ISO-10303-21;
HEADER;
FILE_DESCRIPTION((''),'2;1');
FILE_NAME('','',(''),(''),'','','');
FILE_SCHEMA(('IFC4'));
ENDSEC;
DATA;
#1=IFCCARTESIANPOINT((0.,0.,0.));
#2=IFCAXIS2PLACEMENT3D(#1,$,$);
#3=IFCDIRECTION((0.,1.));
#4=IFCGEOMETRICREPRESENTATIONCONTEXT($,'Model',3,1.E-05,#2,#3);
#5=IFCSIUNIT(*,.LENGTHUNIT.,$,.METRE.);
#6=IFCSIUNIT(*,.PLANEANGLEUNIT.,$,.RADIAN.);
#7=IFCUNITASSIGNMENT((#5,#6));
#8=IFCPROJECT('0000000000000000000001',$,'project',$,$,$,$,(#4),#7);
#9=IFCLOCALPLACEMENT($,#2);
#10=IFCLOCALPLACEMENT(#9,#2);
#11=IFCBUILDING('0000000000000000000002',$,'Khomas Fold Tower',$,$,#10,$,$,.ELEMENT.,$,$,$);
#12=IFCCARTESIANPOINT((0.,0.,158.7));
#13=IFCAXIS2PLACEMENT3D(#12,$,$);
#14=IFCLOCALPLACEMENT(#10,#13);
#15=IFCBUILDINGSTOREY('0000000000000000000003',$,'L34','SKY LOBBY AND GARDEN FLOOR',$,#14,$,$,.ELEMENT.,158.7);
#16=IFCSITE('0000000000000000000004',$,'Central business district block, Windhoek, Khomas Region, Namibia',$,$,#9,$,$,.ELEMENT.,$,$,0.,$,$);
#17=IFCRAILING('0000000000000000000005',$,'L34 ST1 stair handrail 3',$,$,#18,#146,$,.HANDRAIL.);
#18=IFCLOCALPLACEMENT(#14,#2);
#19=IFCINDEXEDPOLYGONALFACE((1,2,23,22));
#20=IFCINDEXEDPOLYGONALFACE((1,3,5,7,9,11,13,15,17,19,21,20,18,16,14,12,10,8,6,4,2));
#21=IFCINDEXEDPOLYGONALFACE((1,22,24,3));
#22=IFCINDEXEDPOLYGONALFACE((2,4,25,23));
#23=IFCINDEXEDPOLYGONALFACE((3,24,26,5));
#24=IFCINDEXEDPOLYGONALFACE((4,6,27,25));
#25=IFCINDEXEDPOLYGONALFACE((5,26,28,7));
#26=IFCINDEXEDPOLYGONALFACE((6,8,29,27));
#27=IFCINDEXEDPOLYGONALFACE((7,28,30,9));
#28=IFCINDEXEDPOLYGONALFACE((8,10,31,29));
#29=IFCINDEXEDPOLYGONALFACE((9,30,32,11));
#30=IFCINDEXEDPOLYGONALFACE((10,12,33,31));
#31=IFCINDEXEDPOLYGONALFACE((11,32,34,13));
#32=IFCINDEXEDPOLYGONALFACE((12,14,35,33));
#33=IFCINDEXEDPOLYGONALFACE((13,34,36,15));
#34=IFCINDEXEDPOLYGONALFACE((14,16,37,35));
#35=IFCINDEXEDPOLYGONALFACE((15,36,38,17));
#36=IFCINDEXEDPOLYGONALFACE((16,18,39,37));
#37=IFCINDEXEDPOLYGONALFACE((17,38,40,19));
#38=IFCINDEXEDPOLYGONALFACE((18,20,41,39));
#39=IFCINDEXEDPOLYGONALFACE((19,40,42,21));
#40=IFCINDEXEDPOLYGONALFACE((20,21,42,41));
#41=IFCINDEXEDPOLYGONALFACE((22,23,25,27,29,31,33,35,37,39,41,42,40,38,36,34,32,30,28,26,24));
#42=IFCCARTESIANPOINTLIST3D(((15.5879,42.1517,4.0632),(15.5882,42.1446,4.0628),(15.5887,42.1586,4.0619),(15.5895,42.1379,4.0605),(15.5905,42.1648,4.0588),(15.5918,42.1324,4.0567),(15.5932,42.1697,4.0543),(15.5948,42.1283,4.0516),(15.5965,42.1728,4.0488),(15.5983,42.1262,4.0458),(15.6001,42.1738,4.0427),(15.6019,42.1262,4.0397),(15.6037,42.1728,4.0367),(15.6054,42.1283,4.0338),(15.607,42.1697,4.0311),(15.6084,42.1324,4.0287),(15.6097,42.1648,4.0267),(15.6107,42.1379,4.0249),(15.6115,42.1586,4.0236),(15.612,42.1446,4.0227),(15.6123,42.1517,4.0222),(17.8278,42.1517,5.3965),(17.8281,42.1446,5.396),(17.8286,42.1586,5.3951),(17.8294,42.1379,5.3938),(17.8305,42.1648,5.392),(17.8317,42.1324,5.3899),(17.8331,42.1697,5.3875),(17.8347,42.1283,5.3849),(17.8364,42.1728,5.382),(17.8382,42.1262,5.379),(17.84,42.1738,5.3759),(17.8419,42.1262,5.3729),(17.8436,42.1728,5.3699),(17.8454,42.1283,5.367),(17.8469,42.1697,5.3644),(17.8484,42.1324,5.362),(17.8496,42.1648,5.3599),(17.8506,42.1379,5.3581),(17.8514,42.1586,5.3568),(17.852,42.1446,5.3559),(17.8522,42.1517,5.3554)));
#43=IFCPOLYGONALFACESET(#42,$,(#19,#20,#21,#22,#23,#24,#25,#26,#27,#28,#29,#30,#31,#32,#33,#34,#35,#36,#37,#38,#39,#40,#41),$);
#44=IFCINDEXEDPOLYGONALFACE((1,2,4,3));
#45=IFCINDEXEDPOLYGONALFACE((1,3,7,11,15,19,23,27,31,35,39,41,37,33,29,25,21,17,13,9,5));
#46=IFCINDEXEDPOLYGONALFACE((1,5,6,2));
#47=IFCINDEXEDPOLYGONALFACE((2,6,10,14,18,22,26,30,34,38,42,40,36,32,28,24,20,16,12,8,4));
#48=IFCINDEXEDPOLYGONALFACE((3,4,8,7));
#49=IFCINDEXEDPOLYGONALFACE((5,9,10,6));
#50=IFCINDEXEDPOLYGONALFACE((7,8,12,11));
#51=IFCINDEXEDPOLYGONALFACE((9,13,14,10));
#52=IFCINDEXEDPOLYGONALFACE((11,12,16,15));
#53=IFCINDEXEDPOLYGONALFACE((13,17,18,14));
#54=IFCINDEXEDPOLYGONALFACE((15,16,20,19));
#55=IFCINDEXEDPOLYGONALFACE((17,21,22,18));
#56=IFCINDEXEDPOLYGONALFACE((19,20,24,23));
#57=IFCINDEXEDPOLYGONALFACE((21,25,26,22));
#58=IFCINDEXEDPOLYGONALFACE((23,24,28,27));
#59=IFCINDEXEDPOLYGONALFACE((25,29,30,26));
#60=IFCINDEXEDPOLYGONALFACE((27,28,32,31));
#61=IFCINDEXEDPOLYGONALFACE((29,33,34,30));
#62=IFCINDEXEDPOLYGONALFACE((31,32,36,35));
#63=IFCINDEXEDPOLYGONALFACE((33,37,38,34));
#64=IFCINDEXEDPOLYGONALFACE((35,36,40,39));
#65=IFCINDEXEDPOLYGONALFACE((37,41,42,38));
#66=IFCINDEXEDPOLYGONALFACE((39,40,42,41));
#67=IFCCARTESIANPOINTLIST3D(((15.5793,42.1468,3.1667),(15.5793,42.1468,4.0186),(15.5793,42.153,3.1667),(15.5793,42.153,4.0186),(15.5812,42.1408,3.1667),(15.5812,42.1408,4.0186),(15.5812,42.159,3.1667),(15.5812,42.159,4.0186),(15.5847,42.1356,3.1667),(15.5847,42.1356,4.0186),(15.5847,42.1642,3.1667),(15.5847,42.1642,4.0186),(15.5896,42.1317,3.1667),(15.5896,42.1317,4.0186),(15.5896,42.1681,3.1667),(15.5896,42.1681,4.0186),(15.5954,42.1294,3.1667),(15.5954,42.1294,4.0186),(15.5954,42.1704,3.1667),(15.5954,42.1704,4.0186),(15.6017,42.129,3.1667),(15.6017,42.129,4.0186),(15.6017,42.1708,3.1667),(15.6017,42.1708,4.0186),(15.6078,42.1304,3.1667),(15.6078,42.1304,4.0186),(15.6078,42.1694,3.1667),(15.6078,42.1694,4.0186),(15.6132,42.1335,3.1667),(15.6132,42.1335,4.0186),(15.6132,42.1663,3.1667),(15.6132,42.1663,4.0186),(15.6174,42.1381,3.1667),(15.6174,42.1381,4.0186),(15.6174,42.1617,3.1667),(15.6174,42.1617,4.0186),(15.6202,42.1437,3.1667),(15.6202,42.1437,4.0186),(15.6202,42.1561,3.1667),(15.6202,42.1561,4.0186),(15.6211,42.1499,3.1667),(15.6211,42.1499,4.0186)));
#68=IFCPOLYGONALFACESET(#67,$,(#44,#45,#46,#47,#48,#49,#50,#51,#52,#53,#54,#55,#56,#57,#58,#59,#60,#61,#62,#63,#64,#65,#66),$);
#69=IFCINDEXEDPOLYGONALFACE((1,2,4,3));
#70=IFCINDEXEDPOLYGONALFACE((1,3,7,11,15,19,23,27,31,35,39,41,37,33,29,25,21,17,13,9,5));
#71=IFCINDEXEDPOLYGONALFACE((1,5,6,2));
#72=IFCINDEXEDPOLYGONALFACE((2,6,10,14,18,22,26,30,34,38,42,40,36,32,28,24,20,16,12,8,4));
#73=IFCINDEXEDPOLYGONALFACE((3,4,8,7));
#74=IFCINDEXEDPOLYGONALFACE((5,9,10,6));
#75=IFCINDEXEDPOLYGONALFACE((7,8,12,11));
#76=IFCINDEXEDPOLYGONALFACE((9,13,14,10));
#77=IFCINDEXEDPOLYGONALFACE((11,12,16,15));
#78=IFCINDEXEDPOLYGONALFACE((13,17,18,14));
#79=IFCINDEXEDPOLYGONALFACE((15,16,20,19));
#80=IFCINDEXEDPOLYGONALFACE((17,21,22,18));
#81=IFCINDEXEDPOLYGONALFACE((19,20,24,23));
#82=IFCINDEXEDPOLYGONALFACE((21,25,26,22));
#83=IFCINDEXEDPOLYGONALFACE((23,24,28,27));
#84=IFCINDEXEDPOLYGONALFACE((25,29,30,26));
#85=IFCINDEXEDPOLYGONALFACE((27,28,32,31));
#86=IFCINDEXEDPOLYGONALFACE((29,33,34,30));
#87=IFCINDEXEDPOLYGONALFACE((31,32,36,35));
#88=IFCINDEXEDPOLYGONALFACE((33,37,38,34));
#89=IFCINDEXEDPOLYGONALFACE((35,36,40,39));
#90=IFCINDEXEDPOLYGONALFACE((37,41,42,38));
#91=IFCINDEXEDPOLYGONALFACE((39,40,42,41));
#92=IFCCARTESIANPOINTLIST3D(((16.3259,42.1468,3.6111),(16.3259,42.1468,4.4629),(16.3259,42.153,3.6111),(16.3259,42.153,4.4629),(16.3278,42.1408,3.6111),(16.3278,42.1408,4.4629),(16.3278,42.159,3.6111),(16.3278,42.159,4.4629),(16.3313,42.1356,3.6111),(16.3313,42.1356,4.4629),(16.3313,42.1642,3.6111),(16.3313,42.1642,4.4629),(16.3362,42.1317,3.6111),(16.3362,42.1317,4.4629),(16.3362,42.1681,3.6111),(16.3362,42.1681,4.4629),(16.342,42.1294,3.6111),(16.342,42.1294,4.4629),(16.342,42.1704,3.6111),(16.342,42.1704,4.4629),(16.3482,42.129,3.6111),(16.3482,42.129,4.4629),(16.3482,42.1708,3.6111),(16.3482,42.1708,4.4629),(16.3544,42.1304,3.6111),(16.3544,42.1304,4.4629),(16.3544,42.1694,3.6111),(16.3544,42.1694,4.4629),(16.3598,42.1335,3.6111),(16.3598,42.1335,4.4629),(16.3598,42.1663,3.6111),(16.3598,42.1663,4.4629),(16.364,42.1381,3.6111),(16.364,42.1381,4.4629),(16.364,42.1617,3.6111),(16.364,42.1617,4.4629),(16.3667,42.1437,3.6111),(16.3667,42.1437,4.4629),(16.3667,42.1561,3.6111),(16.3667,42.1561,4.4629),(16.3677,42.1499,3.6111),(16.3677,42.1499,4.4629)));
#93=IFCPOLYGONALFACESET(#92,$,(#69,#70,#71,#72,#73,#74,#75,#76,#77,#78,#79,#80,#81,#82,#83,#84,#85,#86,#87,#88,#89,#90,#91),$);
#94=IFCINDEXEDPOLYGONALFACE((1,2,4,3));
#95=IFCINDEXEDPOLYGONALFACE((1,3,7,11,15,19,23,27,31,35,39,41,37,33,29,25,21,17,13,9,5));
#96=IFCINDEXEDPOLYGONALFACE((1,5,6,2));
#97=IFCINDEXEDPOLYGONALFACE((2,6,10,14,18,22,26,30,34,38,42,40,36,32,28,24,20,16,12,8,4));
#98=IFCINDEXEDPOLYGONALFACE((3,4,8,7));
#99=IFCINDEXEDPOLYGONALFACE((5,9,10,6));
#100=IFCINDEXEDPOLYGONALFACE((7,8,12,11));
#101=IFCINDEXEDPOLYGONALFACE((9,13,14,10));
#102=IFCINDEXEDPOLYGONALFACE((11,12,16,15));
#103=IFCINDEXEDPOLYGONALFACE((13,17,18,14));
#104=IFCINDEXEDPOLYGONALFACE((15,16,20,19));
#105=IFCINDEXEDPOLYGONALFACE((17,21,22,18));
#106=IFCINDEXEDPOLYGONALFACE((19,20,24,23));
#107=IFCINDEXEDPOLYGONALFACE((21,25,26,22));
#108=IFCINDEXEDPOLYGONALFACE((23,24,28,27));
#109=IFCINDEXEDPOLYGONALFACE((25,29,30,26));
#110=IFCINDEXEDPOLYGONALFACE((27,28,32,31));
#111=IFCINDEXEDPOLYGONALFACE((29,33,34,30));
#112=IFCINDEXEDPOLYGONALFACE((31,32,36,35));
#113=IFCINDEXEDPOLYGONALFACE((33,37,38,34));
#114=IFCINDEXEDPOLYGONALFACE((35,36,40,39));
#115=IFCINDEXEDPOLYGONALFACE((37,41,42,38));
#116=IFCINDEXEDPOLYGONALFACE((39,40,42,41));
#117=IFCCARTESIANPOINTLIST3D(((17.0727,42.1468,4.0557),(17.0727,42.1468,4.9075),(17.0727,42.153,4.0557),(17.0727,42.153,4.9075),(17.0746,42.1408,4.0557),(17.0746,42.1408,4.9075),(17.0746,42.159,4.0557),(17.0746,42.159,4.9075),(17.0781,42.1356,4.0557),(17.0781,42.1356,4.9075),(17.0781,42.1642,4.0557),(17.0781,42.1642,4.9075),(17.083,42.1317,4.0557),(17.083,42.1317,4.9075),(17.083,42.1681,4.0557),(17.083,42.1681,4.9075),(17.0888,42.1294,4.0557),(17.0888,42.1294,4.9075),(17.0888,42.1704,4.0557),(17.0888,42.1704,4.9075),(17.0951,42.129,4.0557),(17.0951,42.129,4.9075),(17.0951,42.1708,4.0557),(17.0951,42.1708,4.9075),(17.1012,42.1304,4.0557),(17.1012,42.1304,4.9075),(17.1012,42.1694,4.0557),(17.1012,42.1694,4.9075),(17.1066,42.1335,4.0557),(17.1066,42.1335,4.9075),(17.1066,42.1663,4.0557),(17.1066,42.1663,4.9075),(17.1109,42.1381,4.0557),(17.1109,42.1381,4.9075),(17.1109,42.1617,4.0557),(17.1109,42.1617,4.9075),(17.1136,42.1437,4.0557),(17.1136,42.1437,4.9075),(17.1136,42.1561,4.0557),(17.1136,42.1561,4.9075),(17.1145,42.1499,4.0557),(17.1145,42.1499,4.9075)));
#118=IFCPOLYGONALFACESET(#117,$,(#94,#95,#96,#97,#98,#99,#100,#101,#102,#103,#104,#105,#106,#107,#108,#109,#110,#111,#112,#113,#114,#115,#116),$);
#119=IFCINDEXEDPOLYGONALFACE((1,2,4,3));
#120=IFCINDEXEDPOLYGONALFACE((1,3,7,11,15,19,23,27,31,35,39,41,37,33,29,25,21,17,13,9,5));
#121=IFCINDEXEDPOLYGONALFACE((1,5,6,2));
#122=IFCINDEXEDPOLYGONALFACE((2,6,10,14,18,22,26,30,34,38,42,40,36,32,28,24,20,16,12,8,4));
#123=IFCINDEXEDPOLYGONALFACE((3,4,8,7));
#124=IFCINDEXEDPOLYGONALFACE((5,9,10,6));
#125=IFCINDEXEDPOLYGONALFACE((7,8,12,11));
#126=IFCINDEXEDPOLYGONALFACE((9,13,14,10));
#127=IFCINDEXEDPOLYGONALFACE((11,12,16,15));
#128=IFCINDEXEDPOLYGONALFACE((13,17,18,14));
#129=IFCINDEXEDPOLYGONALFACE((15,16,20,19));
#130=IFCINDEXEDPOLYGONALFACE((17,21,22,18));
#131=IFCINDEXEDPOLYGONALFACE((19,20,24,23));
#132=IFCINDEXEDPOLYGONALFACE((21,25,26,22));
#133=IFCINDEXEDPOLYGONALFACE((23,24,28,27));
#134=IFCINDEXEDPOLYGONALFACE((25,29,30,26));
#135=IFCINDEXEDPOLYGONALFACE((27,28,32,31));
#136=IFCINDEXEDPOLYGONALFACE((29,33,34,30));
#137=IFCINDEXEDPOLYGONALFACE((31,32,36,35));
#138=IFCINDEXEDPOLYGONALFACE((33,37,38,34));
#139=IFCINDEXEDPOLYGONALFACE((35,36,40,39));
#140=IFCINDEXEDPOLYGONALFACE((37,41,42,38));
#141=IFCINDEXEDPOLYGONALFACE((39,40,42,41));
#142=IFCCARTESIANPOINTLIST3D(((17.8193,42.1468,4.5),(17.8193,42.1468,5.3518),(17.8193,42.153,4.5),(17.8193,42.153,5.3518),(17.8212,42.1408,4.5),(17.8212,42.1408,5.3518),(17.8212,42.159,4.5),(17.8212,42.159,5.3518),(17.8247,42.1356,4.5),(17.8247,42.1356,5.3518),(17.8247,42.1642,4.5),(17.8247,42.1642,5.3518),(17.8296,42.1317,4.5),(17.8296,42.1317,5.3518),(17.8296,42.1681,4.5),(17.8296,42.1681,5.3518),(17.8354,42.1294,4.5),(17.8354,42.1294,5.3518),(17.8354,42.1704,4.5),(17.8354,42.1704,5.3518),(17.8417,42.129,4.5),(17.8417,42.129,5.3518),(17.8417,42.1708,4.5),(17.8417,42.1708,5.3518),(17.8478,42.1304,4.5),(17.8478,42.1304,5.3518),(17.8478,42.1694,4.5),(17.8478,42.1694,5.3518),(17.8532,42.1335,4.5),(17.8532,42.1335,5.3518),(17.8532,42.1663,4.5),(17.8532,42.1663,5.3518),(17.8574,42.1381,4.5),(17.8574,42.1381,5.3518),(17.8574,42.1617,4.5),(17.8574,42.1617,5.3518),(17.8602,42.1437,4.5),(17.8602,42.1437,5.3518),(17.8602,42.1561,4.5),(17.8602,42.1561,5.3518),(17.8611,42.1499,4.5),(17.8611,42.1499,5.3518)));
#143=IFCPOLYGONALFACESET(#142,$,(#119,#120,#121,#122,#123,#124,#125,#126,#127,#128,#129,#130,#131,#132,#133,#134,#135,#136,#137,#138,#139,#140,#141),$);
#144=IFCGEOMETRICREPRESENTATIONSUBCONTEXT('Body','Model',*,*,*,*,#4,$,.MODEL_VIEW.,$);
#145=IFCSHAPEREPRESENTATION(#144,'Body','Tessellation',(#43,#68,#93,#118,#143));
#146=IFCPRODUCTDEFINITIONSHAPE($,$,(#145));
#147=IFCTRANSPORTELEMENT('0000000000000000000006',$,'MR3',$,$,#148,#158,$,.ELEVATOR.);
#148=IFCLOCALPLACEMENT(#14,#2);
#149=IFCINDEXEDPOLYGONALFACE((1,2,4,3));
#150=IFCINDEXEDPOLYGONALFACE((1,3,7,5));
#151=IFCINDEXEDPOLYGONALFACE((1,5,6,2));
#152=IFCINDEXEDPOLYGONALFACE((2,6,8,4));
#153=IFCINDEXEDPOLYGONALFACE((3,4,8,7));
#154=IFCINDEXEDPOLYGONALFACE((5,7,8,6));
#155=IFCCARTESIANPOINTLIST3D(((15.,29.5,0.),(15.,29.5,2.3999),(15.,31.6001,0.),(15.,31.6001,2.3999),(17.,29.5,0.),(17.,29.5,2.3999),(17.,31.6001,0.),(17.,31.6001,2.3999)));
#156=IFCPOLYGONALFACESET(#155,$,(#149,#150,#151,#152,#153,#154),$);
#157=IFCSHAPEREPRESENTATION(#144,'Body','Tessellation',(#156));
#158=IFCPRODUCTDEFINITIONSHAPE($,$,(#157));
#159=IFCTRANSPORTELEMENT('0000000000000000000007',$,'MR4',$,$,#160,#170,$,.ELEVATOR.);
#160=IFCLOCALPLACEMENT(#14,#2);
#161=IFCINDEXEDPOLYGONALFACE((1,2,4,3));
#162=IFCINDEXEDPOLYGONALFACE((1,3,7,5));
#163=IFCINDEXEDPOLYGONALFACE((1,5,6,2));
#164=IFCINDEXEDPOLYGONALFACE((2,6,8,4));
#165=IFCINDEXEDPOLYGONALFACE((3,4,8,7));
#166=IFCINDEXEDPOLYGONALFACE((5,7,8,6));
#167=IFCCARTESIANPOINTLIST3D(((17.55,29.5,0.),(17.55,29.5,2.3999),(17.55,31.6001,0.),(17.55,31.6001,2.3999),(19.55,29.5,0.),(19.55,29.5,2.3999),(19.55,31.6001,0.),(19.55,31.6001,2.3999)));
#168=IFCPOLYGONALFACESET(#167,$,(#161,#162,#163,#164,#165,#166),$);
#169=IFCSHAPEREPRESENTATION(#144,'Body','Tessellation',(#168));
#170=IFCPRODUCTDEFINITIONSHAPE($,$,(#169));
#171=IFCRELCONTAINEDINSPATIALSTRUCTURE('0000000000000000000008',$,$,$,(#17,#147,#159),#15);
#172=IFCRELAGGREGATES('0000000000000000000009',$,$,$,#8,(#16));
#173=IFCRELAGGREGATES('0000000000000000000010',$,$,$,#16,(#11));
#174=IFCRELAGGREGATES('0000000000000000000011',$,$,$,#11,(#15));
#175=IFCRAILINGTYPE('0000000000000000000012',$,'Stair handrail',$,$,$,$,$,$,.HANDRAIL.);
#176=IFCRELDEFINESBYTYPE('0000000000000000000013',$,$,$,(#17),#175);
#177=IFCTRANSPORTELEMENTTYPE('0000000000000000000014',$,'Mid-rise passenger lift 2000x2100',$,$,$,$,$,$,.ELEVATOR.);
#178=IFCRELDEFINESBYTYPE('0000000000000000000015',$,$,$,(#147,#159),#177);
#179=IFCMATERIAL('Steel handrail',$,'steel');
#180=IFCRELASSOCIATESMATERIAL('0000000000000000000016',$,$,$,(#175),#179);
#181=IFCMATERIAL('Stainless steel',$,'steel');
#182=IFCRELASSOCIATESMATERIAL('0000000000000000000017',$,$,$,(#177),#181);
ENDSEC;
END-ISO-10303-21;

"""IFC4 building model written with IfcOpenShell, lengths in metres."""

from ifc_helpers import new_model, si_unit, direction, frame, origin, origin_2d, place, context, subcontext, project, spatial, rectangle, circle, extrude, source, transform, mapped, material, type_object, element, save


model = new_model("IFC4")

# Units and contexts
model_context = context("Model", 3, precision=1e-05, world=origin(), true_north=direction((0.0, 1.0)))
body_context = subcontext(model_context, "Body", "Model", "MODEL_VIEW")
ifc_project = project(units=[si_unit("LENGTHUNIT", "METRE"), si_unit("PLANEANGLEUNIT", "RADIAN")], contexts=[model_context])

# Site, building, storey
site_placement = place(None, origin())
site = spatial("IfcSite", under=ifc_project, at=site_placement, Name="Central business district block, Windhoek, Khomas Region, Namibia", CompositionType="ELEMENT", RefElevation=0.0)
building_placement = place(site_placement, origin())
building = spatial("IfcBuilding", under=site, at=building_placement, Name="Khomas Fold Tower", CompositionType="ELEMENT")
storey_placement = place(building_placement, frame((0.0, 0.0, 158.7)))
storey = spatial("IfcBuildingStorey", under=building, at=storey_placement, Name="L34", Description="SKY LOBBY AND GARDEN FLOOR", CompositionType="ELEMENT", Elevation=158.7)

# Railing
ifc_material_1 = material(Name="Steel handrail", Category="steel")
railing_type = type_object("IfcRailingType", Name="Stair handrail", PredefinedType="HANDRAIL", material=ifc_material_1)
shared_shape_1 = source(origin(), body_context, "Body", "SweptSolid", [
    extrude(circle(Radius=0.0239, at=origin_2d()), frame((0.0, 0.0, 0.876), z_axis=(0.859306, 0.0, 0.511462), x_axis=(0.0, 1.0, 0.0)), (0.0, 0.0, 1.0), 2.6067),
    extrude(circle(Radius=0.021, at=origin_2d()), origin(), (0.0, 0.0, 1.0), 0.8518),
    extrude(circle(Radius=0.021, at=origin_2d()), frame((0.7466, 0.0, 0.4443)), (0.0, 0.0, 1.0), 0.8518),
    extrude(circle(Radius=0.021, at=origin_2d()), frame((1.4934, 0.0, 0.8889)), (0.0, 0.0, 1.0), 0.8518),
    extrude(circle(Radius=0.021, at=origin_2d()), frame((2.24, 0.0, 1.3333)), (0.0, 0.0, 1.0), 0.8518),
])
for number, where, name in (
    (1, (15.6001, 42.1499, 3.1667), "L34 ST1 stair handrail 3"),
):
    element("IfcRailing", number, at=place(storey_placement, frame(where)), inside=storey, type_object=railing_type, Name=name, PredefinedType="HANDRAIL", context=body_context, shape_type="MappedRepresentation", body=[
        mapped(shared_shape_1, transform((0.0, 0.0, 0.0))),
    ])

# Transport elements
ifc_material_2 = material(Name="Stainless steel", Category="steel")
transport_element_type = type_object("IfcTransportElementType", Name="Mid-rise passenger lift 2000x2100", PredefinedType="ELEVATOR", material=ifc_material_2)
shared_shape_2 = source(origin(), body_context, "Body", "SweptSolid", [
    extrude(rectangle(XDim=2.0, YDim=2.1001, at=origin_2d()), origin(), (0.0, 0.0, 1.0), 2.3999),
])
for number, where, z_axis, x_axis, name in (
    (2, (16.0, 30.55, 0.0), (0.0, 0.0, 1.0), (1.0, 0.0, 0.0), "MR3"),
    (3, (18.55, 30.55, 0.0), (0.0, 0.0, 1.0), (1.0, 0.0, 0.0), "MR4"),
):
    element("IfcTransportElement", number, at=place(storey_placement, frame(where, z_axis=z_axis, x_axis=x_axis)), inside=storey, type_object=transport_element_type, Name=name, PredefinedType="ELEVATOR", context=body_context, shape_type="MappedRepresentation", body=[
        mapped(shared_shape_2, transform((0.0, 0.0, 0.0))),
    ])

save(model, "model.ifc")
